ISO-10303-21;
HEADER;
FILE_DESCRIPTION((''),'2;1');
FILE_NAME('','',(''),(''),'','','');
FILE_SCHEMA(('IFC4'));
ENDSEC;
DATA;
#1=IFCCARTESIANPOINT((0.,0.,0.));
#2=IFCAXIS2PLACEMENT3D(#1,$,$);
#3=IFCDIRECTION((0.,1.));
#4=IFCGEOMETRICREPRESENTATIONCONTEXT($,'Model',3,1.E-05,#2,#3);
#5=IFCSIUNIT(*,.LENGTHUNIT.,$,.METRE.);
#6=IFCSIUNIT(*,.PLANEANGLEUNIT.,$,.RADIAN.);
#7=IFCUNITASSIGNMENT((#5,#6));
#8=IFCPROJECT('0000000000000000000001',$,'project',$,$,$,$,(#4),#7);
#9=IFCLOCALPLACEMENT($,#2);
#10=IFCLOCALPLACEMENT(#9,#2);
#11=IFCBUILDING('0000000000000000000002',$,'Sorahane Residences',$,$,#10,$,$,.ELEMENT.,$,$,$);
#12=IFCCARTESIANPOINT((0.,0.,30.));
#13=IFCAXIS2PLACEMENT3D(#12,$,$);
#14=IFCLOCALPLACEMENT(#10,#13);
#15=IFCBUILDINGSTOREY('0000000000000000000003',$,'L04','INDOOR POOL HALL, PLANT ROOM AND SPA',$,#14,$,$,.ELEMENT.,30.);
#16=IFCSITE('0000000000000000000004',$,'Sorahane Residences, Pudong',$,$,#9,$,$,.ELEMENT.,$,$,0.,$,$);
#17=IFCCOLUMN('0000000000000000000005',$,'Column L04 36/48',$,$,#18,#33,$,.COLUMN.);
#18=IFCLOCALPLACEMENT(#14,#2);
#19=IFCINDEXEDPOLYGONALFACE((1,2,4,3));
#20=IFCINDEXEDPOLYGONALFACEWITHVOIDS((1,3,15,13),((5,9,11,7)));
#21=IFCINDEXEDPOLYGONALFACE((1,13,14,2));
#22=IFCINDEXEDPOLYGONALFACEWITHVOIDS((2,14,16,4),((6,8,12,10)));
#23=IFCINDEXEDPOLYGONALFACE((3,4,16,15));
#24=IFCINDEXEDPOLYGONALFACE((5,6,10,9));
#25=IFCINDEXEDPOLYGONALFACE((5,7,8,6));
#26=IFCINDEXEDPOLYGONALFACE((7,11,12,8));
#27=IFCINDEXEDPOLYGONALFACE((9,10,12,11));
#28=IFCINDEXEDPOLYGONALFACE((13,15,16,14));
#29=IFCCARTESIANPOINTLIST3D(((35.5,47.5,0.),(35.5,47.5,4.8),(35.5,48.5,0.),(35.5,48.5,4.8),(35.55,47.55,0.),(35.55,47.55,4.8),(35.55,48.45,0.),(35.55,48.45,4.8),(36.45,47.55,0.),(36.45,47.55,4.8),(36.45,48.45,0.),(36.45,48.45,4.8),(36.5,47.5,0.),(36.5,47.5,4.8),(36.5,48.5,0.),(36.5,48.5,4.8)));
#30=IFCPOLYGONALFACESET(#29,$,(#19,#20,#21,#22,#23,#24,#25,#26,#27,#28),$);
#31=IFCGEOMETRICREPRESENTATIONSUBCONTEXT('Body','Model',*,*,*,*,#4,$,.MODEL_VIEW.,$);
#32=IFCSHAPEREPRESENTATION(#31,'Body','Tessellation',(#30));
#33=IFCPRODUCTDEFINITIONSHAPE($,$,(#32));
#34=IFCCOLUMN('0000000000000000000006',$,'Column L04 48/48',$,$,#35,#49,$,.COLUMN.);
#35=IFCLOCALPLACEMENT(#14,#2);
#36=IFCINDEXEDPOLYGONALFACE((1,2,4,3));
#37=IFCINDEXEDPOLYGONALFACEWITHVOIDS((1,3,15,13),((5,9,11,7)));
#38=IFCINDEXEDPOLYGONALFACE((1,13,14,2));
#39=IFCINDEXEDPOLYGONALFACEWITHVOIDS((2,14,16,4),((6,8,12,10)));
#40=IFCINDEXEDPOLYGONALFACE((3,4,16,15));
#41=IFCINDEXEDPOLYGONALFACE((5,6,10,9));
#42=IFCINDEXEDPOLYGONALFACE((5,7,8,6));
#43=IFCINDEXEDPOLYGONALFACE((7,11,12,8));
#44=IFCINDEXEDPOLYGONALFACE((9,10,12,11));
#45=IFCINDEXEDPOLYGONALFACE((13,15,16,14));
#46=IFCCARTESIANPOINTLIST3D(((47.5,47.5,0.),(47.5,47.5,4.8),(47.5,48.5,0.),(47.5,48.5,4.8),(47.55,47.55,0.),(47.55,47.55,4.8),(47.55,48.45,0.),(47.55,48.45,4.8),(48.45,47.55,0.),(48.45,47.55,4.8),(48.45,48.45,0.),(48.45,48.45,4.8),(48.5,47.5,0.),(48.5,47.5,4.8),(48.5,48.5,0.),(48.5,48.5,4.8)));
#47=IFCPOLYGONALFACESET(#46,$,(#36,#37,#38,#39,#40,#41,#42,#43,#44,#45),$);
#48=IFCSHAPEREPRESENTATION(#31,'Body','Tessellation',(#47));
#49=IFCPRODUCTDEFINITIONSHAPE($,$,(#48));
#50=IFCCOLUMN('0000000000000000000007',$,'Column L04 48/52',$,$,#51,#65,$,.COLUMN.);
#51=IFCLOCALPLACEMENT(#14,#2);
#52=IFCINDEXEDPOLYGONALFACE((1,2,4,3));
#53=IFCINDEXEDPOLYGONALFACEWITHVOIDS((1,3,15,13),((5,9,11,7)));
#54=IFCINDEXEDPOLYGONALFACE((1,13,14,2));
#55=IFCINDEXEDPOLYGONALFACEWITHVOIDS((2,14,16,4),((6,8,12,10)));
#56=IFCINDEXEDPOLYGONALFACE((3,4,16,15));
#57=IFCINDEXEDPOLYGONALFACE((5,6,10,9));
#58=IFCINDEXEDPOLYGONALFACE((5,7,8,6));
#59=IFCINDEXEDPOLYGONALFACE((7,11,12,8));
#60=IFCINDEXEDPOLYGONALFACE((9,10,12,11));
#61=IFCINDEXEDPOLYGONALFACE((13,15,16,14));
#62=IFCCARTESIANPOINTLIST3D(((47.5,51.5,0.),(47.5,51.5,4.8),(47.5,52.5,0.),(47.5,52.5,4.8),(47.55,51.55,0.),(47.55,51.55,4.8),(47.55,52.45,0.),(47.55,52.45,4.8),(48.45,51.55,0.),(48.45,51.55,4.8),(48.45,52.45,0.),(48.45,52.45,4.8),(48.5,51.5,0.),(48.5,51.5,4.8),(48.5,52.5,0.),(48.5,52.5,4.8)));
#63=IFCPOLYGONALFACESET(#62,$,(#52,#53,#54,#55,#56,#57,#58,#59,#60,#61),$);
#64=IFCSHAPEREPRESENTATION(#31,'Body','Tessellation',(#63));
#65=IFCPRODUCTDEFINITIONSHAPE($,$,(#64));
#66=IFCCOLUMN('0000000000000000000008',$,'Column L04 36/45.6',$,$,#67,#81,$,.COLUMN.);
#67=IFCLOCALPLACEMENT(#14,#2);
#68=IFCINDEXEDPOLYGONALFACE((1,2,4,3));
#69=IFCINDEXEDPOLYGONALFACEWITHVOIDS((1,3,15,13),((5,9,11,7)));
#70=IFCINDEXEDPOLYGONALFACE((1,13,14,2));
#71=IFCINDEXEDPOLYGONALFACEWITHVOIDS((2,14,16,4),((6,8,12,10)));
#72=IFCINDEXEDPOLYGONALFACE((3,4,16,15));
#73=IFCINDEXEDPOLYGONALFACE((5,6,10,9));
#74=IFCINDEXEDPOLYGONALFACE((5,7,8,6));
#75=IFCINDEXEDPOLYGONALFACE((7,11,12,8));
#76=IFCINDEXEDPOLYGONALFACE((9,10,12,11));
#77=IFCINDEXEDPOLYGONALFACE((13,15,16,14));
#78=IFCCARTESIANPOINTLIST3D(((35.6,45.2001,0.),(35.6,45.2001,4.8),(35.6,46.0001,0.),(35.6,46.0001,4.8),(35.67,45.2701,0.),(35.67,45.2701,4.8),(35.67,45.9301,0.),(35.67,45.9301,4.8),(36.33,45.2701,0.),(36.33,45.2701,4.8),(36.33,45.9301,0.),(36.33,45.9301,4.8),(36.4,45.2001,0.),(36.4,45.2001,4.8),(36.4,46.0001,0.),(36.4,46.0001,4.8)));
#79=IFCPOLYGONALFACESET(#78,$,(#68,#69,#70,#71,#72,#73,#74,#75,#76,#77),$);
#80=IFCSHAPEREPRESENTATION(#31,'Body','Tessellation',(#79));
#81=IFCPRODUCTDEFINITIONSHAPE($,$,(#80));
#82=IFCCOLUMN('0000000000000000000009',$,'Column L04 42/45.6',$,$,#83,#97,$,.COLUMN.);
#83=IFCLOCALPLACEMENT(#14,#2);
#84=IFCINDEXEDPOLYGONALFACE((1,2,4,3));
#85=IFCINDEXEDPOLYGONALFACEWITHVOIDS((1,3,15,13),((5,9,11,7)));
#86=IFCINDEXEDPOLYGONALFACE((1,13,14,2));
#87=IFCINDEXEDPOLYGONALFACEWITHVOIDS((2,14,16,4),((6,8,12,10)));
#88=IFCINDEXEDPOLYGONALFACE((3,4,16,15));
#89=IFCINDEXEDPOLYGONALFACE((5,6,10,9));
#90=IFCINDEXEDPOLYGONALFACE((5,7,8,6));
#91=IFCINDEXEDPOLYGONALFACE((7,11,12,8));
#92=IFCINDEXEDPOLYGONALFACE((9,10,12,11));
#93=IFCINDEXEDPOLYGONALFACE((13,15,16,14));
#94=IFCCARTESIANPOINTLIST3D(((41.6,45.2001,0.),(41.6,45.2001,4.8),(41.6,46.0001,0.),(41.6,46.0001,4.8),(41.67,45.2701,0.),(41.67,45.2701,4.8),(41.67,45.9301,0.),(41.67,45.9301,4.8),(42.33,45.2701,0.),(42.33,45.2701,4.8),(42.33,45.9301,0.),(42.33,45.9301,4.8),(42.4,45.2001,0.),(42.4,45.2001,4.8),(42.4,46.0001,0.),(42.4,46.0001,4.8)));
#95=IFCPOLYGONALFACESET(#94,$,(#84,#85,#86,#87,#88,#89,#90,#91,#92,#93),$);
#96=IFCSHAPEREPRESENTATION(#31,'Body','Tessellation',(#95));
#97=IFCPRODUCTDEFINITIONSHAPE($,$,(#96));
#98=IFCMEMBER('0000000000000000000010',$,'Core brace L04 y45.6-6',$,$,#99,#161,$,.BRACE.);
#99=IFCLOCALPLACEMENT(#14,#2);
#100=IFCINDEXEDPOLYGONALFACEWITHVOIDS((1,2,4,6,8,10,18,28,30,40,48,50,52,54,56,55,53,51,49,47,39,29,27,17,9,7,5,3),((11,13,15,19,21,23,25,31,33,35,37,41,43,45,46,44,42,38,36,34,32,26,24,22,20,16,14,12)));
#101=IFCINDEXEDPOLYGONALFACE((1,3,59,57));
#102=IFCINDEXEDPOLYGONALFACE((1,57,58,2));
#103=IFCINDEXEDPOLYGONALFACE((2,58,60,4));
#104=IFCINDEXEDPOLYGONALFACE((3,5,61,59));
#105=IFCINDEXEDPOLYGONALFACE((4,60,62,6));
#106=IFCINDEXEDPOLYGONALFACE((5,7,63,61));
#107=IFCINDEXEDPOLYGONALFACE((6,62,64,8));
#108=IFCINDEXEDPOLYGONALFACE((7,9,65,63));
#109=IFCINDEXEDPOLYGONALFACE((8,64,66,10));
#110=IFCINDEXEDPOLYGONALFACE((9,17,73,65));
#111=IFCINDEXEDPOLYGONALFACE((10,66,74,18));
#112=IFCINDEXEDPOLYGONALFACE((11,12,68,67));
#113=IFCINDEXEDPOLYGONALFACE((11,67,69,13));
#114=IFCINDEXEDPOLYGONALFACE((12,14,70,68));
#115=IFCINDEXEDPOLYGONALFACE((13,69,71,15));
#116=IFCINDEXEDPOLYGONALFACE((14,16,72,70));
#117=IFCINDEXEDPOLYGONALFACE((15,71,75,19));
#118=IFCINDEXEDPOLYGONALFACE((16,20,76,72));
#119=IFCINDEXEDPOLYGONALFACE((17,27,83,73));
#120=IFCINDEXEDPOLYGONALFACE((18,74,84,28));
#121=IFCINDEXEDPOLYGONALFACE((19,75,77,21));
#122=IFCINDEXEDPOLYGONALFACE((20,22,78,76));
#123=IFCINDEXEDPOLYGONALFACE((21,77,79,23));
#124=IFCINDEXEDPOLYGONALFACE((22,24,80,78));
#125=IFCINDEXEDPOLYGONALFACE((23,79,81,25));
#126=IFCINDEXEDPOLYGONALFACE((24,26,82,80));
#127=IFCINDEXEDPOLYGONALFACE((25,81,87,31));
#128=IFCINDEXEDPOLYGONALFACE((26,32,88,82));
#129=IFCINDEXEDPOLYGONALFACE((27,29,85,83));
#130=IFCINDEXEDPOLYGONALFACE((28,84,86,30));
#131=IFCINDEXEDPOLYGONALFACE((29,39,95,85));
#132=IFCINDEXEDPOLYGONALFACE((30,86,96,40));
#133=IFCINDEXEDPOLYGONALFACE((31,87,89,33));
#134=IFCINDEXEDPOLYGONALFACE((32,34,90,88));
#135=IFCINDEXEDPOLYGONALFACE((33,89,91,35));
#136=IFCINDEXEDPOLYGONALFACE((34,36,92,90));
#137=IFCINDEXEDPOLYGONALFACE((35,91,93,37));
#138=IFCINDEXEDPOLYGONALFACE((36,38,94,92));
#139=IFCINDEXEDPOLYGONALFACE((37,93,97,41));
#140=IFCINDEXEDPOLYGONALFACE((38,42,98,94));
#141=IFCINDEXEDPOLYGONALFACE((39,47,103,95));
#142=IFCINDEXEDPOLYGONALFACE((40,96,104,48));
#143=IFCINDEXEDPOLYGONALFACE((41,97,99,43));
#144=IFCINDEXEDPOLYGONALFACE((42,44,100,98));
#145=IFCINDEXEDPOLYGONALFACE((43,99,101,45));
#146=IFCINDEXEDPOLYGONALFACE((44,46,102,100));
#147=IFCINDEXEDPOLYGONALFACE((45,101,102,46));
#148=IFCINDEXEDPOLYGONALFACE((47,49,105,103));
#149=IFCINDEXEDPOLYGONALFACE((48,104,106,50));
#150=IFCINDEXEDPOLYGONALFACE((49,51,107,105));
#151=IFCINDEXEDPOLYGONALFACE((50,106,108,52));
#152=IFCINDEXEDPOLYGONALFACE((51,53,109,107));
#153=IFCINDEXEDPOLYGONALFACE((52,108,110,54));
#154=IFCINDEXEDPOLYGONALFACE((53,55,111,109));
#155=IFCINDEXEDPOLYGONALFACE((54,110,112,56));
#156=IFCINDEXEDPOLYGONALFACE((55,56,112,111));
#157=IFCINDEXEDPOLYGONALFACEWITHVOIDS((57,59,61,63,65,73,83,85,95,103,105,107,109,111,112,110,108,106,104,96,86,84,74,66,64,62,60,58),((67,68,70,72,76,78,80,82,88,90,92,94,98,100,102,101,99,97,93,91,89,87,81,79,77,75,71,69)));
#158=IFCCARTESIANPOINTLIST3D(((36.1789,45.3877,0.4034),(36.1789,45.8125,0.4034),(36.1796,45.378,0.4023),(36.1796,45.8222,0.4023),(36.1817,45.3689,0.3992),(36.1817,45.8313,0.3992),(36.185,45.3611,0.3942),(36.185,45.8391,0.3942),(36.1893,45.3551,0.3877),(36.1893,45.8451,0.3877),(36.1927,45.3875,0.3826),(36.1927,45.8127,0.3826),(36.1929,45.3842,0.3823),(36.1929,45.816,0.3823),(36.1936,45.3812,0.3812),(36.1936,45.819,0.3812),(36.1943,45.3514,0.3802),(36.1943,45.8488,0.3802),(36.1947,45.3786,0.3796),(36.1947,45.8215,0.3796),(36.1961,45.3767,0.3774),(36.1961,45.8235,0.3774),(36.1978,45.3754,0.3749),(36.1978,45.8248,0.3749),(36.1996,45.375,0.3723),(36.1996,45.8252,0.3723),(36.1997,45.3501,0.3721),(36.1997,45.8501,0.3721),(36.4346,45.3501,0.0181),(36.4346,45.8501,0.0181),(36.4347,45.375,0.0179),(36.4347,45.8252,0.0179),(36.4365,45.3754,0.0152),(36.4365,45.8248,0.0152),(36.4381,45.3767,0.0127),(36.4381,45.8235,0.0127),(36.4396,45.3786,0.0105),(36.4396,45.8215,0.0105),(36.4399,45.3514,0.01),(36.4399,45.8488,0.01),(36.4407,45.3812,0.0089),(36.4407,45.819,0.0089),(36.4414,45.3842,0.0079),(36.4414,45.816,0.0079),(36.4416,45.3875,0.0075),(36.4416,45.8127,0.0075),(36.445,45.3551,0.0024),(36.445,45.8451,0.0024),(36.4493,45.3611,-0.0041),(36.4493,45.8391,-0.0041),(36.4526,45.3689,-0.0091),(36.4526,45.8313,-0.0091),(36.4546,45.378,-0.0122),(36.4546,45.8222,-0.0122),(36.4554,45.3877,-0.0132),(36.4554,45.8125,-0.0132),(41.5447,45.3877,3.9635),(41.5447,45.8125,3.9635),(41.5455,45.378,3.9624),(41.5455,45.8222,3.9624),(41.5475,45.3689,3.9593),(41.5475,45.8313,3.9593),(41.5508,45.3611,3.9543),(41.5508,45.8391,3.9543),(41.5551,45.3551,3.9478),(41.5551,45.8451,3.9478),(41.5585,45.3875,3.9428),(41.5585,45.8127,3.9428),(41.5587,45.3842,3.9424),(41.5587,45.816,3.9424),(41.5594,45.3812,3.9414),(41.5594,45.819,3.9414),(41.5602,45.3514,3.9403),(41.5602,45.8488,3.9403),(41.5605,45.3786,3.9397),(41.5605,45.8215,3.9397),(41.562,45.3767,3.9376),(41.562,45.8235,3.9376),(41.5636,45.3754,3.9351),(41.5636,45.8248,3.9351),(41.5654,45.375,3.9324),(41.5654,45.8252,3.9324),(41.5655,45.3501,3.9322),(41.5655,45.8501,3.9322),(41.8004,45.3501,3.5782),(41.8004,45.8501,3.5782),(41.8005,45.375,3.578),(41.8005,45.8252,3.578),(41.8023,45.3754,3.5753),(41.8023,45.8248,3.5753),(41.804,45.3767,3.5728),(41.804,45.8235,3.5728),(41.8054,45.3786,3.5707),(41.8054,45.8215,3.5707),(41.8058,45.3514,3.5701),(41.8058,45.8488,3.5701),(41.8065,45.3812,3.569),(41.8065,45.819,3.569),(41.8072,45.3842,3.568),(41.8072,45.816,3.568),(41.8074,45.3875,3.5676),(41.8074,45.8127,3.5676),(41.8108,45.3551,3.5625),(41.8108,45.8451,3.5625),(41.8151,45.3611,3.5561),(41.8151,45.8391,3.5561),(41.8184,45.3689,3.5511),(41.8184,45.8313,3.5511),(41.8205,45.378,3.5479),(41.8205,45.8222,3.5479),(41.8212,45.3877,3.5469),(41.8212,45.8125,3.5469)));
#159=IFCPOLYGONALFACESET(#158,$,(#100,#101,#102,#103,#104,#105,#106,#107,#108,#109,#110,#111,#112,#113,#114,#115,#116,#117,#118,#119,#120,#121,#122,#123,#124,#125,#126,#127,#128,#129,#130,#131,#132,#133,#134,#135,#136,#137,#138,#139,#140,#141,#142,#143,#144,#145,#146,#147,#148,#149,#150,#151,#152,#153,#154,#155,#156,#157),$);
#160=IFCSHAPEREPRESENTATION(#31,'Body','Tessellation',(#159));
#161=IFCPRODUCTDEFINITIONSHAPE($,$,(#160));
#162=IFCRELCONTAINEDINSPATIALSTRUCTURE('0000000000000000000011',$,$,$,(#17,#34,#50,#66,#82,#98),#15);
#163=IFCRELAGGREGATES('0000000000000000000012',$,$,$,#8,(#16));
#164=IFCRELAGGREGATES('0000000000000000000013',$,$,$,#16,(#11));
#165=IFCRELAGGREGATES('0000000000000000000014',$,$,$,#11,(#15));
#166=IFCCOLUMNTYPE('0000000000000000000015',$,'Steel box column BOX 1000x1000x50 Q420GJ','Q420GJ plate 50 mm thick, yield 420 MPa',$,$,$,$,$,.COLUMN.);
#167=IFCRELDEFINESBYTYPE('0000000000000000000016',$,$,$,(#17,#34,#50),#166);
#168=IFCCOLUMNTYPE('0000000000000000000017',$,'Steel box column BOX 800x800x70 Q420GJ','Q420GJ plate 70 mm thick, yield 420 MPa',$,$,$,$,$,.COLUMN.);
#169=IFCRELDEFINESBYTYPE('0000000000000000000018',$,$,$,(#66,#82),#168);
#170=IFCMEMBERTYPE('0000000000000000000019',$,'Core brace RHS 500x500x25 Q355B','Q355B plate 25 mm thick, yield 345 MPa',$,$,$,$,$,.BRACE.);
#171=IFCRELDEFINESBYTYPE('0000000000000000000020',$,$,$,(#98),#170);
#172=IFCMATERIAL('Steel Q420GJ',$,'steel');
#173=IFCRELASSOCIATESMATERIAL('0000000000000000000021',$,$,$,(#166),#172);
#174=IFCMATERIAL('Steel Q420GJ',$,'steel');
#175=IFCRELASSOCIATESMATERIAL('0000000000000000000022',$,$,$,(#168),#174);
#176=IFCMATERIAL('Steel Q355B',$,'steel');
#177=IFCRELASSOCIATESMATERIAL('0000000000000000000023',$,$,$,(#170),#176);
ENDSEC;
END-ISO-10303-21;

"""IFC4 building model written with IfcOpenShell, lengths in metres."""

from ifc_helpers import new_model, si_unit, direction, frame, origin, origin_2d, place, context, subcontext, project, spatial, hollow_rectangle, extrude, material, material_profile, profile_set, type_object, element, save


model = new_model("IFC4")

# Units and contexts
model_context = context("Model", 3, precision=1e-05, world=origin(), true_north=direction((0.0, 1.0)))
body_context = subcontext(model_context, "Body", "Model", "MODEL_VIEW")
ifc_project = project(units=[si_unit("LENGTHUNIT", "METRE"), si_unit("PLANEANGLEUNIT", "RADIAN")], contexts=[model_context])

# Site, building, storey
site_placement = place(None, origin())
site = spatial("IfcSite", under=ifc_project, at=site_placement, Name="Sorahane Residences, Pudong", CompositionType="ELEMENT", RefElevation=0.0)
building_placement = place(site_placement, origin())
building = spatial("IfcBuilding", under=site, at=building_placement, Name="Sorahane Residences", CompositionType="ELEMENT")
storey_placement = place(building_placement, frame((0.0, 0.0, 30.0)))
storey = spatial("IfcBuildingStorey", under=building, at=storey_placement, Name="L04", Description="INDOOR POOL HALL, PLANT ROOM AND SPA", CompositionType="ELEMENT", Elevation=30.0)

# Columns
ifc_material_1 = material(Name="Steel Q420GJ", Category="steel")
ifc_material_profile_1 = material_profile(ifc_material_1, hollow_rectangle(XDim=1.0, YDim=1.0, WallThickness=0.05, at=origin_2d()), Name="BOX 1000x1000x50")
ifc_profile_set_1 = profile_set([ifc_material_profile_1], Name="Steel Q420GJ")
column_type_1 = type_object("IfcColumnType", Name="Steel box column BOX 1000x1000x50 Q420GJ", Description="Q420GJ plate 50 mm thick, yield 420 MPa", PredefinedType="COLUMN", material=ifc_profile_set_1)
for number, where, z_axis, x_axis, name in (
    (1, (36.0, 48.0, 0.0), (0.0, 0.0, 1.0), (1.0, 0.0, 0.0), "Column L04 36/48"),
    (2, (48.0, 48.0, 0.0), (0.0, 0.0, 1.0), (1.0, 0.0, 0.0), "Column L04 48/48"),
    (3, (48.0, 52.0, 0.0), (0.0, 0.0, 1.0), (1.0, 0.0, 0.0), "Column L04 48/52"),
):
    element("IfcColumn", number, at=place(storey_placement, frame(where, z_axis=z_axis, x_axis=x_axis)), inside=storey, type_object=column_type_1, Name=name, PredefinedType="COLUMN", context=body_context, shape_type="SweptSolid", body=[
        extrude(hollow_rectangle(XDim=1.0, YDim=1.0, WallThickness=0.05, at=origin_2d()), origin(), (0.0, 0.0, 1.0), 4.8),
    ])
ifc_material_2 = material(Name="Steel Q420GJ", Category="steel")
ifc_material_profile_2 = material_profile(ifc_material_2, hollow_rectangle(XDim=0.8, YDim=0.8, WallThickness=0.0701, at=origin_2d()), Name="BOX 800x800x70")
ifc_profile_set_2 = profile_set([ifc_material_profile_2], Name="Steel Q420GJ")
column_type_2 = type_object("IfcColumnType", Name="Steel box column BOX 800x800x70 Q420GJ", Description="Q420GJ plate 70 mm thick, yield 420 MPa", PredefinedType="COLUMN", material=ifc_profile_set_2)
for number, where, z_axis, x_axis, name in (
    (4, (36.0, 45.6001, 0.0), (0.0, 0.0, 1.0), (1.0, 0.0, 0.0), "Column L04 36/45.6"),
    (5, (42.0, 45.6001, 0.0), (0.0, 0.0, 1.0), (1.0, 0.0, 0.0), "Column L04 42/45.6"),
):
    element("IfcColumn", number, at=place(storey_placement, frame(where, z_axis=z_axis, x_axis=x_axis)), inside=storey, type_object=column_type_2, Name=name, PredefinedType="COLUMN", context=body_context, shape_type="SweptSolid", body=[
        extrude(hollow_rectangle(XDim=0.8, YDim=0.8, WallThickness=0.0701, at=origin_2d()), origin(), (0.0, 0.0, 1.0), 4.8),
    ])

# Member
ifc_material_3 = material(Name="Steel Q355B", Category="steel")
ifc_material_profile_3 = material_profile(ifc_material_3, hollow_rectangle(XDim=0.5, YDim=0.5, WallThickness=0.0249, InnerFilletRadius=0.0125, OuterFilletRadius=0.0376, at=origin_2d()), Name="RHS 500x500x25")
ifc_profile_set_3 = profile_set([ifc_material_profile_3], Name="Steel Q355B")
member_type_1 = type_object("IfcMemberType", Name="Core brace RHS 500x500x25 Q355B", Description="Q355B plate 25 mm thick, yield 345 MPa", PredefinedType="BRACE", material=ifc_profile_set_3)
member_1_placement = place(storey_placement, frame((36.3171, 45.6001, 0.1951), z_axis=(0.833273, 0.0, 0.552861), x_axis=(0.0, 1.0, 0.0)))
element("IfcMember", 6, at=member_1_placement, inside=storey, type_object=member_type_1, Name="Core brace L04 y45.6-6", PredefinedType="BRACE", context=body_context, shape_type="SweptSolid", body=[
    extrude(hollow_rectangle(XDim=0.5, YDim=0.5, WallThickness=0.0249, InnerFilletRadius=0.0125, OuterFilletRadius=0.0376, at=origin_2d()), origin(), (0.0, 0.0, 1.0), 6.4395),
])

save(model, "model.ifc")
